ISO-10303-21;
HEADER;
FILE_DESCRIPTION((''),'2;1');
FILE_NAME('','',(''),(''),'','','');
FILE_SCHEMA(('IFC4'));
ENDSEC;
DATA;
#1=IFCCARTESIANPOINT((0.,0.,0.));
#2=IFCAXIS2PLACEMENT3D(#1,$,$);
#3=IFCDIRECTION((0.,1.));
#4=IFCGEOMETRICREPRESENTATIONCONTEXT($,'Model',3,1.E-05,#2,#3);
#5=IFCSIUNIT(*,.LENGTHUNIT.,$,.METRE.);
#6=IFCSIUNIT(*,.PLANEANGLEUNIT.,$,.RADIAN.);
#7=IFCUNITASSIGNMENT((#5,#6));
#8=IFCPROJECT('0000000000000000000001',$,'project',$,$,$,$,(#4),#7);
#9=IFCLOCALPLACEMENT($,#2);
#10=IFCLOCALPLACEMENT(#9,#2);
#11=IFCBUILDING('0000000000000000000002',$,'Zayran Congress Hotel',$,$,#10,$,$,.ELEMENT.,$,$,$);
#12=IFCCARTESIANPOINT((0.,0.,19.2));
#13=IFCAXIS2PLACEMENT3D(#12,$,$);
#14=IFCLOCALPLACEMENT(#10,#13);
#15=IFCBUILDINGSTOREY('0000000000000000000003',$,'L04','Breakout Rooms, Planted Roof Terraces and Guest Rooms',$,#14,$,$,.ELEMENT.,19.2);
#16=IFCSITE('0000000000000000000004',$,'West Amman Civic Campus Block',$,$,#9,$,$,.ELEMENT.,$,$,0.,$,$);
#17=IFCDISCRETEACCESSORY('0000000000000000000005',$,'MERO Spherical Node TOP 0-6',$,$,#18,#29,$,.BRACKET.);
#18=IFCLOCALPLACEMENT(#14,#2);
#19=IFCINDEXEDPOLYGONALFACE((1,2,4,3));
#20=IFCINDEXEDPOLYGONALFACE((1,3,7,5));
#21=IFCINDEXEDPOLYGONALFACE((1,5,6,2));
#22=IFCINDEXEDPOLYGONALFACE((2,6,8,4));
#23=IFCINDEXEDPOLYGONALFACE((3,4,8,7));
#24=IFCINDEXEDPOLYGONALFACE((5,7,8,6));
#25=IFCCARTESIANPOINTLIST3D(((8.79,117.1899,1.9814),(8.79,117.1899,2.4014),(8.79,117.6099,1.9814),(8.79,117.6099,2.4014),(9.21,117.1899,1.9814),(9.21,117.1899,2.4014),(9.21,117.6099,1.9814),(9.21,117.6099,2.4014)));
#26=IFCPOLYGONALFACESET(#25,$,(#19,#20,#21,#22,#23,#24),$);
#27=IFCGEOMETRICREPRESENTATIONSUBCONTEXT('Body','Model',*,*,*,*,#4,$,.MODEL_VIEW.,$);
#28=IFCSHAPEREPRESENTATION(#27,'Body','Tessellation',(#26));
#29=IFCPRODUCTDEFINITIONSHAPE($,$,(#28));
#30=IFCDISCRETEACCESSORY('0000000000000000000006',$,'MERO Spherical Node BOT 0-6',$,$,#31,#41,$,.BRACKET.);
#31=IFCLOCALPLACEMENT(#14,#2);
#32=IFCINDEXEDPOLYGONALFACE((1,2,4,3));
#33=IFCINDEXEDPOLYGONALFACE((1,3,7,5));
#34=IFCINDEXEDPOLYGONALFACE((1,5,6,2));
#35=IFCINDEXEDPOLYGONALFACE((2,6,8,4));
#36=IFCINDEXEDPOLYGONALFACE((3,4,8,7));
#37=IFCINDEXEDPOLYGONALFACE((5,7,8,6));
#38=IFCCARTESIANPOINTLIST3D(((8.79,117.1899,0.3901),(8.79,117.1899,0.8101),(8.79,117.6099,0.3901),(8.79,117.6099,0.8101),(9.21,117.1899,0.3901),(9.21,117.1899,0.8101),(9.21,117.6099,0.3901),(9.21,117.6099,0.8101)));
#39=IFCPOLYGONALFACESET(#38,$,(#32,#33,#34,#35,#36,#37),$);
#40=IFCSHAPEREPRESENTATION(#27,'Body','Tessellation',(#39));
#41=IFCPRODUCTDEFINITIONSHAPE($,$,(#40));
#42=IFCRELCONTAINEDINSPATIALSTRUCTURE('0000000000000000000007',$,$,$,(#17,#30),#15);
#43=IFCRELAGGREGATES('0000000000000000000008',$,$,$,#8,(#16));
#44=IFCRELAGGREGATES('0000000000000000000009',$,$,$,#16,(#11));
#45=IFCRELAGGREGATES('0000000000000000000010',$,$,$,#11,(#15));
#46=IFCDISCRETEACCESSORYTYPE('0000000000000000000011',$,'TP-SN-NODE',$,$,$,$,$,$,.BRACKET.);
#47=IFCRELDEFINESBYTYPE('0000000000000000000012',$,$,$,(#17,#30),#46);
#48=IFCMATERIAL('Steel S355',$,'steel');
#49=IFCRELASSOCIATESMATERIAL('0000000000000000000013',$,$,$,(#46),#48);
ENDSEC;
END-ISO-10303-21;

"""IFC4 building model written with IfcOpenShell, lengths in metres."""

from ifc_helpers import new_model, si_unit, direction, frame, origin, origin_2d, place, context, subcontext, project, spatial, rectangle, extrude, material, type_object, element, save


model = new_model("IFC4")

# Units and contexts
model_context = context("Model", 3, precision=1e-05, world=origin(), true_north=direction((0.0, 1.0)))
body_context = subcontext(model_context, "Body", "Model", "MODEL_VIEW")
ifc_project = project(units=[si_unit("LENGTHUNIT", "METRE"), si_unit("PLANEANGLEUNIT", "RADIAN")], contexts=[model_context])

# Site, building, storey
site_placement = place(None, origin())
site = spatial("IfcSite", under=ifc_project, at=site_placement, Name="West Amman Civic Campus Block", CompositionType="ELEMENT", RefElevation=0.0)
building_placement = place(site_placement, origin())
building = spatial("IfcBuilding", under=site, at=building_placement, Name="Zayran Congress Hotel", CompositionType="ELEMENT")
storey_placement = place(building_placement, frame((0.0, 0.0, 19.2)))
storey = spatial("IfcBuildingStorey", under=building, at=storey_placement, Name="L04", Description="Breakout Rooms, Planted Roof Terraces and Guest Rooms", CompositionType="ELEMENT", Elevation=19.2)

# Shared definitions
ifc_material_1 = material(Name="Steel S355", Category="steel")

# Discrete accessories
discrete_accessory_type = type_object("IfcDiscreteAccessoryType", Name="TP-SN-NODE", PredefinedType="BRACKET", material=ifc_material_1)
for number, where, z_axis, x_axis, name in (
    (1, (9.0, 117.3999, 1.9814), (0.0, 0.0, 1.0), (1.0, 0.0, 0.0), "MERO Spherical Node TOP 0-6"),
    (2, (9.0, 117.3999, 0.3901), (0.0, 0.0, 1.0), (1.0, 0.0, 0.0), "MERO Spherical Node BOT 0-6"),
):
    element("IfcDiscreteAccessory", number, at=place(storey_placement, frame(where, z_axis=z_axis, x_axis=x_axis)), inside=storey, type_object=discrete_accessory_type, Name=name, PredefinedType="BRACKET", context=body_context, shape_type="SweptSolid", body=[
        extrude(rectangle(XDim=0.4199, YDim=0.4199, at=origin_2d()), origin(), (0.0, 0.0, 1.0), 0.4199),
    ])

save(model, "model.ifc")
